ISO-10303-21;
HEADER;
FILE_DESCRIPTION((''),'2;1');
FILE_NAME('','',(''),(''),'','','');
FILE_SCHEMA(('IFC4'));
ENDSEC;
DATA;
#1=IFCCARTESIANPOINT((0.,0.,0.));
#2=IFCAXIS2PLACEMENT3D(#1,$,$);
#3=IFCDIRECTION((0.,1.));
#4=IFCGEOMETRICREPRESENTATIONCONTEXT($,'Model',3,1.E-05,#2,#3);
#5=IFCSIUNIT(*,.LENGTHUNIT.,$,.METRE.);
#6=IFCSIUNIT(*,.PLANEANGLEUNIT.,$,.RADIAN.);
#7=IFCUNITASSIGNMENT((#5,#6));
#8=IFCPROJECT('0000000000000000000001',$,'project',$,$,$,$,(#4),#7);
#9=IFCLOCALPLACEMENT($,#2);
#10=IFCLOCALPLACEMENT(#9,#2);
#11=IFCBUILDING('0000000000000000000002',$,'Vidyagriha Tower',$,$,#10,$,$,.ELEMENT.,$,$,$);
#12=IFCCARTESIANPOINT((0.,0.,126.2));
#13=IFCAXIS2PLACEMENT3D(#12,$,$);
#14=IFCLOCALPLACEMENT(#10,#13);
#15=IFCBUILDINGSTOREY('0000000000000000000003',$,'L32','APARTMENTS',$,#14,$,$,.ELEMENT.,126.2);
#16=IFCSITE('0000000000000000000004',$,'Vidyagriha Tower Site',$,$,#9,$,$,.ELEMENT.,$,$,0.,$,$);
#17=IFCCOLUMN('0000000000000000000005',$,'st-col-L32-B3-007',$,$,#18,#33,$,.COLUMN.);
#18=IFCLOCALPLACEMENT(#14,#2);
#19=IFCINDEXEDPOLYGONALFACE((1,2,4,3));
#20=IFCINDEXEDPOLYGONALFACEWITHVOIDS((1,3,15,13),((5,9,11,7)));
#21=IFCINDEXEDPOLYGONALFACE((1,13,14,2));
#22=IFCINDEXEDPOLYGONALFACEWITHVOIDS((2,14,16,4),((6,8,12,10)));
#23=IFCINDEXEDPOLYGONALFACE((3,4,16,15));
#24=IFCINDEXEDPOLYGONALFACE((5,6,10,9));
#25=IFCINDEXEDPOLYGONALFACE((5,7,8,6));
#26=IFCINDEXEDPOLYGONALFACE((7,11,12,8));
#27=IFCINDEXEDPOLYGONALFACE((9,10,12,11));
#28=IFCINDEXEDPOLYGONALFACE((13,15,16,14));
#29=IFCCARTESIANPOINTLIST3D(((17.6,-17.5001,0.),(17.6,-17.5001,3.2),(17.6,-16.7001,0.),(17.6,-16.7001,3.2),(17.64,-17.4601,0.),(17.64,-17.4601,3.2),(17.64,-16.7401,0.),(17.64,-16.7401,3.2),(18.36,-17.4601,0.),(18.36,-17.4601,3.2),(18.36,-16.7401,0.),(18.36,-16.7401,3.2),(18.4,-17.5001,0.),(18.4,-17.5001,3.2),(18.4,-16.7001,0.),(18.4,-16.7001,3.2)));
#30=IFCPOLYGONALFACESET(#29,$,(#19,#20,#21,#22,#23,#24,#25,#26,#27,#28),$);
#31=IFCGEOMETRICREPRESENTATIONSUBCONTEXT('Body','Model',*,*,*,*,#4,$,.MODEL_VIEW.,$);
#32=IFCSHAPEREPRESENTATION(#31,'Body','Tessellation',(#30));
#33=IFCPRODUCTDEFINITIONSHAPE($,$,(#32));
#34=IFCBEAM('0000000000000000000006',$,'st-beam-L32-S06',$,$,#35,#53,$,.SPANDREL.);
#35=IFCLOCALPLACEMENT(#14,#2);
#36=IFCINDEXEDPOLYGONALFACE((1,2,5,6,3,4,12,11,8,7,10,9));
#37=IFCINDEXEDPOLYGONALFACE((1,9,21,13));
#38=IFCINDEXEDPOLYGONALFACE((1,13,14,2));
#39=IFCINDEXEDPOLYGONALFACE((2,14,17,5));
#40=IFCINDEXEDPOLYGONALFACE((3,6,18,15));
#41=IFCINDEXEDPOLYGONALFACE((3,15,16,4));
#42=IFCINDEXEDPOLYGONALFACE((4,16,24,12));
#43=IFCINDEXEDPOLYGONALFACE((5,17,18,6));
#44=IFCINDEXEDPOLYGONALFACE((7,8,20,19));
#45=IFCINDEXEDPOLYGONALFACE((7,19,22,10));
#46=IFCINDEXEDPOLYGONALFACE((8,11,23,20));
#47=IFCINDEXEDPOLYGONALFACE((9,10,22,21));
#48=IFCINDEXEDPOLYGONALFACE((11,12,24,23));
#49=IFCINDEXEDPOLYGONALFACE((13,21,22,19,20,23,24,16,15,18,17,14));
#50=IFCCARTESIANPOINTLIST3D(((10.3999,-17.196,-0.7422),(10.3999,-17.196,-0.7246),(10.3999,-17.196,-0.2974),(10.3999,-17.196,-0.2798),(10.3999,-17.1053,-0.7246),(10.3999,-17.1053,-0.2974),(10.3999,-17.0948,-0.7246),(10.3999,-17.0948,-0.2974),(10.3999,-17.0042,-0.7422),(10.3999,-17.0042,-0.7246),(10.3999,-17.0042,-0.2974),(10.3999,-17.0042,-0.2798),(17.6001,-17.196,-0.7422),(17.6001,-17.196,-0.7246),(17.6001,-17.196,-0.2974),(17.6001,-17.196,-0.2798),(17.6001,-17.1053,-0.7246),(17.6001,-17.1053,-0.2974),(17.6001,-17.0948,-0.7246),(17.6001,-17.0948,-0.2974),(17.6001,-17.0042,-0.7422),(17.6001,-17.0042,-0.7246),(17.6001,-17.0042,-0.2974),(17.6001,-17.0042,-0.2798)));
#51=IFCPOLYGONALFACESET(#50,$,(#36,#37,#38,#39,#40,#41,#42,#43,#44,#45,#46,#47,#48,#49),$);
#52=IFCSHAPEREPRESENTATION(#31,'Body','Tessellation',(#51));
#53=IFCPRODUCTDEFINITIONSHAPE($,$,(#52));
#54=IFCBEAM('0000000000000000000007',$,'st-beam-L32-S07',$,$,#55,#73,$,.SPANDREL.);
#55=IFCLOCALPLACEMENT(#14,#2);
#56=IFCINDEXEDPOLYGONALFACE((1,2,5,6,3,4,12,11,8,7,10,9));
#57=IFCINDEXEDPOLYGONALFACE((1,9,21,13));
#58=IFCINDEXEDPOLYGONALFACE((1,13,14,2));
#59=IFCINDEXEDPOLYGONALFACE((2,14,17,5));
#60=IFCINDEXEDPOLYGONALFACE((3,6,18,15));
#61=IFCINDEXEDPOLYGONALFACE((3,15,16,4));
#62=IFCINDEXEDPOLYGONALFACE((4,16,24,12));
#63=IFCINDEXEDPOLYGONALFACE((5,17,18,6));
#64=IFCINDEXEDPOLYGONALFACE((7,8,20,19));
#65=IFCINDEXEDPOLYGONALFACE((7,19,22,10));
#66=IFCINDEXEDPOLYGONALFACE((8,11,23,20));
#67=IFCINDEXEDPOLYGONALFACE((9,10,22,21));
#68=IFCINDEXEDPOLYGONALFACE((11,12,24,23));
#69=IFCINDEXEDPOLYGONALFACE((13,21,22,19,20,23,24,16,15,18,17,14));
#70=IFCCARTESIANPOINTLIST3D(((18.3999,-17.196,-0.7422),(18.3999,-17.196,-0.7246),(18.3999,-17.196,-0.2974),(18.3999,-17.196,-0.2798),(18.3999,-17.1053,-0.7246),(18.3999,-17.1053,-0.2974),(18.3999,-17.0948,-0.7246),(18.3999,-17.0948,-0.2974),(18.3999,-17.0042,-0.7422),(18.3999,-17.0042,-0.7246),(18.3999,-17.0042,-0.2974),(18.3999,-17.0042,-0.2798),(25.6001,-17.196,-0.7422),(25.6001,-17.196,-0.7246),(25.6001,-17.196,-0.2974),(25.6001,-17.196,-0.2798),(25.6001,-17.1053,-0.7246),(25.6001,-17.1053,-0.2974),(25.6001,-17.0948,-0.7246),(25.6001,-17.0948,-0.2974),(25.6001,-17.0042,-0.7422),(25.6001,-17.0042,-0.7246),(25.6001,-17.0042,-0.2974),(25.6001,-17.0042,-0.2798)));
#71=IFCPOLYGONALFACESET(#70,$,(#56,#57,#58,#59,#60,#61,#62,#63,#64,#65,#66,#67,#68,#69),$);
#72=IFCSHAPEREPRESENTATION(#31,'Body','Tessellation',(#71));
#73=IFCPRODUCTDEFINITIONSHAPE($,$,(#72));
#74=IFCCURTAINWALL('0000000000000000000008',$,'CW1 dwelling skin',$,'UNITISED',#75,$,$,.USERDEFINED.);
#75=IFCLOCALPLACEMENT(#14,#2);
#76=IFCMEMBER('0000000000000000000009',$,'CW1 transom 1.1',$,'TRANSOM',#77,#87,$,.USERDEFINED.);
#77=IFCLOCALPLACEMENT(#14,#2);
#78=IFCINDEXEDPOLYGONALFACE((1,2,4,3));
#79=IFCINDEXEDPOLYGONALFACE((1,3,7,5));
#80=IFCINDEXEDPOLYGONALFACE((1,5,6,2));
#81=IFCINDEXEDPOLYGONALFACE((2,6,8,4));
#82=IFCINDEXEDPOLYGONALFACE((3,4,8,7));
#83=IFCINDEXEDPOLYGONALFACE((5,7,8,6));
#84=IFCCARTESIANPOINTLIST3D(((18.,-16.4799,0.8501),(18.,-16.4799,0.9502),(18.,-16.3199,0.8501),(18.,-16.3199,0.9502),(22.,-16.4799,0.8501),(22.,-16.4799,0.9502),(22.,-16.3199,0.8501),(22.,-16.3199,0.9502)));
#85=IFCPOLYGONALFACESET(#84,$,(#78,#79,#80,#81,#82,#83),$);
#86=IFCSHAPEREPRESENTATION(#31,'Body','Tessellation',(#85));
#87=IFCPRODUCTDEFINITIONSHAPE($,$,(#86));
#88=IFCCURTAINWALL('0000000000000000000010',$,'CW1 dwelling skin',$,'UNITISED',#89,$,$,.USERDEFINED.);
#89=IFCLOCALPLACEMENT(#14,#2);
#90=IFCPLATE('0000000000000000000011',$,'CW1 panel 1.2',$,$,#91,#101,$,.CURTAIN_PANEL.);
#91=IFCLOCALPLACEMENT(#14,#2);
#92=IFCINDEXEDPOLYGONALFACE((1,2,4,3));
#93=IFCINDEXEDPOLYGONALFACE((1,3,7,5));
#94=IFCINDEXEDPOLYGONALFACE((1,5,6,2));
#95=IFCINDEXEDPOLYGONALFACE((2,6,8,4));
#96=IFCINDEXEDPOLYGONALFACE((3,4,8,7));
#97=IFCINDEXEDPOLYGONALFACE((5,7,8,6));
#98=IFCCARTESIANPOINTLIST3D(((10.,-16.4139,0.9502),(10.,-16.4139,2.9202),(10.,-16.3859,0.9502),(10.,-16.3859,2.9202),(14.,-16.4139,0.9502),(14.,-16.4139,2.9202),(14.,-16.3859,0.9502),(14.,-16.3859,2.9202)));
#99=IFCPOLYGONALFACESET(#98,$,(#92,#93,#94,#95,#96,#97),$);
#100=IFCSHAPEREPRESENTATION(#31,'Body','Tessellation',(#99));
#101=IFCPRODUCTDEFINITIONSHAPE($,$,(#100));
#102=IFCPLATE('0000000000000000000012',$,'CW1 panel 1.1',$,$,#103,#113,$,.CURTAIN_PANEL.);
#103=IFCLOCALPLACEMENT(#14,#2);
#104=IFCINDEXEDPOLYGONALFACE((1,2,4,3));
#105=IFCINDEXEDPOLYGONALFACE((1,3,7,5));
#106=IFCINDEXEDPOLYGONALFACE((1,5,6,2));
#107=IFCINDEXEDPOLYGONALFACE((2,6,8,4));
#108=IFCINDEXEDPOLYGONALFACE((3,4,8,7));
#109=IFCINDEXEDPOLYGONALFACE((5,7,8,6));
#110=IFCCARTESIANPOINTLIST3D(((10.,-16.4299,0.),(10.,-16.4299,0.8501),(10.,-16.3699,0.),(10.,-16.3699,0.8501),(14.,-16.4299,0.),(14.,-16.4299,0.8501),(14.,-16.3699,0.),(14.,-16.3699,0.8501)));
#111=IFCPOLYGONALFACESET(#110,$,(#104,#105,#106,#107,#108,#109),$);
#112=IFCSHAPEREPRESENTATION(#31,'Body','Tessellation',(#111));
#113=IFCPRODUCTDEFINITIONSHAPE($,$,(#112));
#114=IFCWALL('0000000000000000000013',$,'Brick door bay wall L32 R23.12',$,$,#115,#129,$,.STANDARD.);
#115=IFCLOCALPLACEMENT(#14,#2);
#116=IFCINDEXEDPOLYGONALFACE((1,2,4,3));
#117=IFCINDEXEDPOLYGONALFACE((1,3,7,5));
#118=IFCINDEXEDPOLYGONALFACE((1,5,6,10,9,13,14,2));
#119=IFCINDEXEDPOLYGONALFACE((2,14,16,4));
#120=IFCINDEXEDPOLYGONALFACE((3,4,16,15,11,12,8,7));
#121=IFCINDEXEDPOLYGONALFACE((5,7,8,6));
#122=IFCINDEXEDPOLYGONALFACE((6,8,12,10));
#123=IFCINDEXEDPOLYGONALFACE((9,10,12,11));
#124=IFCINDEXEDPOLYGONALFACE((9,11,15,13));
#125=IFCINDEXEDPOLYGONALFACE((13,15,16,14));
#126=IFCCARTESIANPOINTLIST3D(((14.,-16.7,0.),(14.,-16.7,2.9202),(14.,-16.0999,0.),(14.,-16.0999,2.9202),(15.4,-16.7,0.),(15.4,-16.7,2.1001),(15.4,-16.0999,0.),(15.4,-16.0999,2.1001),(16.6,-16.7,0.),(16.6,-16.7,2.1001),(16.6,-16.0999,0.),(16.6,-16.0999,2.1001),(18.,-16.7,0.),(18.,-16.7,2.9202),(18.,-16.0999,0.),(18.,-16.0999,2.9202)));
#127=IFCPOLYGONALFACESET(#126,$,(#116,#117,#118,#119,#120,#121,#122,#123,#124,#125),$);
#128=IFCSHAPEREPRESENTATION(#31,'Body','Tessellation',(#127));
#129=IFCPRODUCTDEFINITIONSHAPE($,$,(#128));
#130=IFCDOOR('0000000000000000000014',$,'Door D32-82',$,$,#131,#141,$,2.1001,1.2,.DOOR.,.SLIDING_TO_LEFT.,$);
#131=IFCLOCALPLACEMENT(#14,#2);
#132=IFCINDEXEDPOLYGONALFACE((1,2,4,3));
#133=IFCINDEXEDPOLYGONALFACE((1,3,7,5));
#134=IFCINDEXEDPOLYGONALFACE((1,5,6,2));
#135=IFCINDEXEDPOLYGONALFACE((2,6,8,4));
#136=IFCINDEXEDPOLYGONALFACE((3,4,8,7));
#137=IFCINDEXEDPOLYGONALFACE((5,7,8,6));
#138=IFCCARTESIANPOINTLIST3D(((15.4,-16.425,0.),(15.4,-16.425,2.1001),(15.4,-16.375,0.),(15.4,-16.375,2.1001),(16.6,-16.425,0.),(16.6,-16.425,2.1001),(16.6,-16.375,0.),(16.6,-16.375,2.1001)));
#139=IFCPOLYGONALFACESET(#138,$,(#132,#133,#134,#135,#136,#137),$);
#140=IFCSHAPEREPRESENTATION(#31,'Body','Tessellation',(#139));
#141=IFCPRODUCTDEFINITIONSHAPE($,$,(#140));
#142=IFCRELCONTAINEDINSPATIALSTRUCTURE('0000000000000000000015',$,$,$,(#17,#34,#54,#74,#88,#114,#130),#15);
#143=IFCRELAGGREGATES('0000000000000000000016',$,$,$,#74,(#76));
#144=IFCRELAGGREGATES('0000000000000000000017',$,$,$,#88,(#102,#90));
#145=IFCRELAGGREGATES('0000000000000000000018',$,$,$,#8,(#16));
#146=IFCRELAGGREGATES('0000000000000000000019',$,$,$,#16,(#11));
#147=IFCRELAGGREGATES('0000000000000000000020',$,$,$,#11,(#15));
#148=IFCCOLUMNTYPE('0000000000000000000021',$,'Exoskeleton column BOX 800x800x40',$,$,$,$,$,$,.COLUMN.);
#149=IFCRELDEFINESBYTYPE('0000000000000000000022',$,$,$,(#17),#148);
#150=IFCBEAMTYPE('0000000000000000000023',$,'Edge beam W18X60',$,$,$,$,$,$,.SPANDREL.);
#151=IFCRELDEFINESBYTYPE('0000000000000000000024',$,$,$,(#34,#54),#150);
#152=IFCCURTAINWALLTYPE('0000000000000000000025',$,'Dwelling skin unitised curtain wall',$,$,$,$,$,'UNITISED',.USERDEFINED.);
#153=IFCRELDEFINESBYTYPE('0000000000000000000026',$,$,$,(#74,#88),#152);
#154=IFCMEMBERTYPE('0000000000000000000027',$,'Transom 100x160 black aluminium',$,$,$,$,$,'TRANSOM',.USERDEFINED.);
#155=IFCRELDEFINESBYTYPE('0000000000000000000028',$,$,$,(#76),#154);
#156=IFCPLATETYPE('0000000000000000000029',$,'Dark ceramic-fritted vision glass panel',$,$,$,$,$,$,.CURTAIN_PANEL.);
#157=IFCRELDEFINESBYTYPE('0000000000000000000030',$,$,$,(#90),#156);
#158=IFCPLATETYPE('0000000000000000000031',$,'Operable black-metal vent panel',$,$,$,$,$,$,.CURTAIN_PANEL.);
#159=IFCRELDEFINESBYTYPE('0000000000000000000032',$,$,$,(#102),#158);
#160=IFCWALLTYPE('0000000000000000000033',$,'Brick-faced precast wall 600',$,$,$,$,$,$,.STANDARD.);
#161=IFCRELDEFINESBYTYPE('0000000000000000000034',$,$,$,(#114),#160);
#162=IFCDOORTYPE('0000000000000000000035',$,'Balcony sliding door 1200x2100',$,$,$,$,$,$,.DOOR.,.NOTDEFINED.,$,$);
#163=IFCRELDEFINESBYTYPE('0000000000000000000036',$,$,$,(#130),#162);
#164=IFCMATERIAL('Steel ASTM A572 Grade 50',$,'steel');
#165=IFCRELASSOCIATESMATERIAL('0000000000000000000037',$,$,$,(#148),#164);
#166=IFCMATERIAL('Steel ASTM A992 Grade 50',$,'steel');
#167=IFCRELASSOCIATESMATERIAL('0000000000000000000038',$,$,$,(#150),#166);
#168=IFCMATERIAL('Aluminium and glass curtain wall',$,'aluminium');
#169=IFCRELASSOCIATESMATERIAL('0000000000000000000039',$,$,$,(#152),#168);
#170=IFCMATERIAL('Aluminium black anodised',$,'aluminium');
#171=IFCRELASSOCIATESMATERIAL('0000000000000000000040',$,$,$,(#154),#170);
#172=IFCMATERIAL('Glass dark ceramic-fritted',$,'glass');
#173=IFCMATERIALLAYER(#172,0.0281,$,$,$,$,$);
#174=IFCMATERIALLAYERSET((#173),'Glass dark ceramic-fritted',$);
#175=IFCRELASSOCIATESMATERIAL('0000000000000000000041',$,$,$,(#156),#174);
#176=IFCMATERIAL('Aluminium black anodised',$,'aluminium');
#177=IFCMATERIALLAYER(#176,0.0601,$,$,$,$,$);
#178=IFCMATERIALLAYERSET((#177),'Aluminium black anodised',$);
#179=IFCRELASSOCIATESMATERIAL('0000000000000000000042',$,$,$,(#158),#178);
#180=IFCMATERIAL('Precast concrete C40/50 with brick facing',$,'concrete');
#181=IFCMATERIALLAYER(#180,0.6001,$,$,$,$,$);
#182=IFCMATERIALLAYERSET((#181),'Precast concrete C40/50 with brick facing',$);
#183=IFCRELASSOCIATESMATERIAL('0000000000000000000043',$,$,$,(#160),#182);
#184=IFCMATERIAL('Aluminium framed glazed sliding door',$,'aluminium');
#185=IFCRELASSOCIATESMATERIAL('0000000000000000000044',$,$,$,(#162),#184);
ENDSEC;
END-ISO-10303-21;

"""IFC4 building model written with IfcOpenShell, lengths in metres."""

from ifc_helpers import new_model, si_unit, direction, frame, frame_2d, origin, origin_2d, place, context, subcontext, project, spatial, rectangle, hollow_rectangle, i_section, extrude, material, layer, layer_set, material_profile, profile_set, type_object, element, fill, aggregate, save


model = new_model("IFC4")

# Units and contexts
model_context = context("Model", 3, precision=1e-05, world=origin(), true_north=direction((0.0, 1.0)))
body_context = subcontext(model_context, "Body", "Model", "MODEL_VIEW")
ifc_project = project(units=[si_unit("LENGTHUNIT", "METRE"), si_unit("PLANEANGLEUNIT", "RADIAN")], contexts=[model_context])

# Site, building, storey
site_placement = place(None, origin())
site = spatial("IfcSite", under=ifc_project, at=site_placement, Name="Vidyagriha Tower Site", CompositionType="ELEMENT", RefElevation=0.0)
building_placement = place(site_placement, origin())
building = spatial("IfcBuilding", under=site, at=building_placement, Name="Vidyagriha Tower", CompositionType="ELEMENT")
storey_placement = place(building_placement, frame((0.0, 0.0, 126.2)))
storey = spatial("IfcBuildingStorey", under=building, at=storey_placement, Name="L32", Description="APARTMENTS", CompositionType="ELEMENT", Elevation=126.2)

# Column
ifc_material_1 = material(Name="Steel ASTM A572 Grade 50", Category="steel")
ifc_material_profile_1 = material_profile(ifc_material_1, hollow_rectangle(XDim=0.8, YDim=0.8, WallThickness=0.04, at=origin_2d()), Name="BOX 800x800x40")
ifc_profile_set_1 = profile_set([ifc_material_profile_1], Name="Steel ASTM A572 Grade 50")
column_type = type_object("IfcColumnType", Name="Exoskeleton column BOX 800x800x40", PredefinedType="COLUMN", material=ifc_profile_set_1)
column_placement = place(storey_placement, frame((18.0, -17.1001, 0.0)))
element("IfcColumn", 1, at=column_placement, inside=storey, type_object=column_type, Name="st-col-L32-B3-007", PredefinedType="COLUMN", context=body_context, shape_type="SweptSolid", body=[
    extrude(hollow_rectangle(XDim=0.8, YDim=0.8, WallThickness=0.04, at=origin_2d()), origin(), (0.0, 0.0, 1.0), 3.2),
])

# Beams
ifc_material_2 = material(Name="Steel ASTM A992 Grade 50", Category="steel")
ifc_material_profile_2 = material_profile(ifc_material_2, i_section(OverallWidth=0.1919, OverallDepth=0.4624, WebThickness=0.0105, FlangeThickness=0.0176, at=origin_2d()), Name="W18X60")
ifc_profile_set_2 = profile_set([ifc_material_profile_2], Name="Steel ASTM A992 Grade 50")
beam_type = type_object("IfcBeamType", Name="Edge beam W18X60", PredefinedType="SPANDREL", material=ifc_profile_set_2)
for number, where, z_axis, x_axis, name in (
    (2, (10.3999, -17.1001, -0.511), (1.0, 0.0, 0.0), (0.0, 1.0, 0.0), "st-beam-L32-S06"),
    (3, (18.3999, -17.1001, -0.511), (1.0, 0.0, 0.0), (0.0, 1.0, 0.0), "st-beam-L32-S07"),
):
    element("IfcBeam", number, at=place(storey_placement, frame(where, z_axis=z_axis, x_axis=x_axis)), inside=storey, type_object=beam_type, Name=name, PredefinedType="SPANDREL", context=body_context, shape_type="SweptSolid", body=[
        extrude(i_section(OverallWidth=0.1919, OverallDepth=0.4624, WebThickness=0.0105, FlangeThickness=0.0176, at=origin_2d()), origin(), (0.0, 0.0, 1.0), 7.2002),
    ])

# Curtain wall, member
ifc_material_3 = material(Name="Aluminium and glass curtain wall", Category="aluminium")
curtain_wall_type = type_object("IfcCurtainWallType", Name="Dwelling skin unitised curtain wall", ElementType="UNITISED", PredefinedType="USERDEFINED", material=ifc_material_3)
curtain_wall_1_placement = place(storey_placement, origin())
curtain_wall_1 = element("IfcCurtainWall", 4, at=curtain_wall_1_placement, inside=storey, type_object=curtain_wall_type, Name="CW1 dwelling skin", ObjectType="UNITISED", PredefinedType="USERDEFINED")
ifc_material_4 = material(Name="Aluminium black anodised", Category="aluminium")
ifc_material_profile_3 = material_profile(ifc_material_4, rectangle(XDim=0.1599, YDim=0.1001, at=origin_2d()), Name="Transom 100x160 black aluminium")
ifc_profile_set_3 = profile_set([ifc_material_profile_3], Name="Aluminium black anodised")
member_type = type_object("IfcMemberType", Name="Transom 100x160 black aluminium", ElementType="TRANSOM", PredefinedType="USERDEFINED", material=ifc_profile_set_3)
member_placement = place(storey_placement, frame((18.0, -16.3999, 0.9001), z_axis=(1.0, 0.0, 0.0), x_axis=(0.0, 1.0, 0.0)))
member = element("IfcMember", 5, at=member_placement, type_object=member_type, Name="CW1 transom 1.1", ObjectType="TRANSOM", PredefinedType="USERDEFINED", context=body_context, shape_type="SweptSolid", body=[
    extrude(rectangle(XDim=0.1599, YDim=0.1001, at=origin_2d()), origin(), (0.0, 0.0, 1.0), 4.0),
])
aggregate(curtain_wall_1, [member])

# Curtain wall, plates
curtain_wall_2_placement = place(storey_placement, origin())
curtain_wall_2 = element("IfcCurtainWall", 6, at=curtain_wall_2_placement, inside=storey, type_object=curtain_wall_type, Name="CW1 dwelling skin", ObjectType="UNITISED", PredefinedType="USERDEFINED")
ifc_material_5 = material(Name="Glass dark ceramic-fritted", Category="glass")
ifc_layer_1 = layer(ifc_material_5, 0.0281)
ifc_layer_set_1 = layer_set([ifc_layer_1], Name="Glass dark ceramic-fritted")
plate_type_1 = type_object("IfcPlateType", Name="Dark ceramic-fritted vision glass panel", PredefinedType="CURTAIN_PANEL", material=ifc_layer_set_1)
plate_1_placement = place(storey_placement, frame((12.0, -16.3999, 0.9502)))
plate_1 = element("IfcPlate", 7, at=plate_1_placement, type_object=plate_type_1, Name="CW1 panel 1.2", PredefinedType="CURTAIN_PANEL", context=body_context, shape_type="SweptSolid", body=[
    extrude(rectangle(XDim=4.0, YDim=0.0281, at=origin_2d()), origin(), (0.0, 0.0, 1.0), 1.97),
])
ifc_material_6 = material(Name="Aluminium black anodised", Category="aluminium")
ifc_layer_2 = layer(ifc_material_6, 0.0601)
ifc_layer_set_2 = layer_set([ifc_layer_2], Name="Aluminium black anodised")
plate_type_2 = type_object("IfcPlateType", Name="Operable black-metal vent panel", PredefinedType="CURTAIN_PANEL", material=ifc_layer_set_2)
plate_2_placement = place(storey_placement, frame((12.0, -16.3999, 0.0)))
plate_2 = element("IfcPlate", 8, at=plate_2_placement, type_object=plate_type_2, Name="CW1 panel 1.1", PredefinedType="CURTAIN_PANEL", context=body_context, shape_type="SweptSolid", body=[
    extrude(rectangle(XDim=4.0, YDim=0.0601, at=origin_2d()), origin(), (0.0, 0.0, 1.0), 0.8501),
])
aggregate(curtain_wall_2, [plate_2, plate_1])

# Wall, opening, door
ifc_material_7 = material(Name="Precast concrete C40/50 with brick facing", Category="concrete")
ifc_layer_3 = layer(ifc_material_7, 0.6001)
ifc_layer_set_3 = layer_set([ifc_layer_3], Name="Precast concrete C40/50 with brick facing")
wall_type = type_object("IfcWallType", Name="Brick-faced precast wall 600", PredefinedType="STANDARD", material=ifc_layer_set_3)
wall_placement = place(storey_placement, frame((14.0, -16.3999, 0.0)))
wall = element("IfcWall", 9, at=wall_placement, inside=storey, type_object=wall_type, Name="Brick door bay wall L32 R23.12", PredefinedType="STANDARD", context=body_context, shape_type="SweptSolid", body=[
    extrude(rectangle(XDim=4.0, YDim=0.6001, at=frame_2d((2.0, 0.0))), origin(), (0.0, 0.0, 1.0), 2.9202),
])
opening_placement = place(wall_placement, frame((1.3999, 0.0, 0.0)))
opening = element("IfcOpeningElement", 10, at=opening_placement, cuts=wall, PredefinedType="OPENING", context=body_context, shape_type="SweptSolid", body=[
    extrude(rectangle(XDim=1.2, YDim=2.1001, at=frame_2d((0.6001, 1.05))), frame((0.0, 0.3101, 0.0), z_axis=(0.0, -1.0, 0.0), x_axis=(1.0, 0.0, 0.0)), (0.0, 0.0, 1.0), 0.6201),
])
ifc_material_8 = material(Name="Aluminium framed glazed sliding door", Category="aluminium")
door_type = type_object("IfcDoorType", Name="Balcony sliding door 1200x2100", OperationType="NOTDEFINED", PredefinedType="DOOR", material=ifc_material_8)
door_placement = place(opening_placement, origin())
door = element("IfcDoor", 11, at=door_placement, inside=storey, type_object=door_type, Name="Door D32-82", OperationType="SLIDING_TO_LEFT", OverallHeight=2.1001, OverallWidth=1.2, PredefinedType="DOOR", context=body_context, shape_type="SweptSolid", body=[
    extrude(rectangle(XDim=1.2, YDim=2.1001, at=frame_2d((0.6001, 1.05))), frame((0.0, 0.0249, 0.0), z_axis=(0.0, -1.0, 0.0), x_axis=(1.0, 0.0, 0.0)), (0.0, 0.0, 1.0), 0.05),
])
fill(opening, door)

save(model, "model.ifc")
